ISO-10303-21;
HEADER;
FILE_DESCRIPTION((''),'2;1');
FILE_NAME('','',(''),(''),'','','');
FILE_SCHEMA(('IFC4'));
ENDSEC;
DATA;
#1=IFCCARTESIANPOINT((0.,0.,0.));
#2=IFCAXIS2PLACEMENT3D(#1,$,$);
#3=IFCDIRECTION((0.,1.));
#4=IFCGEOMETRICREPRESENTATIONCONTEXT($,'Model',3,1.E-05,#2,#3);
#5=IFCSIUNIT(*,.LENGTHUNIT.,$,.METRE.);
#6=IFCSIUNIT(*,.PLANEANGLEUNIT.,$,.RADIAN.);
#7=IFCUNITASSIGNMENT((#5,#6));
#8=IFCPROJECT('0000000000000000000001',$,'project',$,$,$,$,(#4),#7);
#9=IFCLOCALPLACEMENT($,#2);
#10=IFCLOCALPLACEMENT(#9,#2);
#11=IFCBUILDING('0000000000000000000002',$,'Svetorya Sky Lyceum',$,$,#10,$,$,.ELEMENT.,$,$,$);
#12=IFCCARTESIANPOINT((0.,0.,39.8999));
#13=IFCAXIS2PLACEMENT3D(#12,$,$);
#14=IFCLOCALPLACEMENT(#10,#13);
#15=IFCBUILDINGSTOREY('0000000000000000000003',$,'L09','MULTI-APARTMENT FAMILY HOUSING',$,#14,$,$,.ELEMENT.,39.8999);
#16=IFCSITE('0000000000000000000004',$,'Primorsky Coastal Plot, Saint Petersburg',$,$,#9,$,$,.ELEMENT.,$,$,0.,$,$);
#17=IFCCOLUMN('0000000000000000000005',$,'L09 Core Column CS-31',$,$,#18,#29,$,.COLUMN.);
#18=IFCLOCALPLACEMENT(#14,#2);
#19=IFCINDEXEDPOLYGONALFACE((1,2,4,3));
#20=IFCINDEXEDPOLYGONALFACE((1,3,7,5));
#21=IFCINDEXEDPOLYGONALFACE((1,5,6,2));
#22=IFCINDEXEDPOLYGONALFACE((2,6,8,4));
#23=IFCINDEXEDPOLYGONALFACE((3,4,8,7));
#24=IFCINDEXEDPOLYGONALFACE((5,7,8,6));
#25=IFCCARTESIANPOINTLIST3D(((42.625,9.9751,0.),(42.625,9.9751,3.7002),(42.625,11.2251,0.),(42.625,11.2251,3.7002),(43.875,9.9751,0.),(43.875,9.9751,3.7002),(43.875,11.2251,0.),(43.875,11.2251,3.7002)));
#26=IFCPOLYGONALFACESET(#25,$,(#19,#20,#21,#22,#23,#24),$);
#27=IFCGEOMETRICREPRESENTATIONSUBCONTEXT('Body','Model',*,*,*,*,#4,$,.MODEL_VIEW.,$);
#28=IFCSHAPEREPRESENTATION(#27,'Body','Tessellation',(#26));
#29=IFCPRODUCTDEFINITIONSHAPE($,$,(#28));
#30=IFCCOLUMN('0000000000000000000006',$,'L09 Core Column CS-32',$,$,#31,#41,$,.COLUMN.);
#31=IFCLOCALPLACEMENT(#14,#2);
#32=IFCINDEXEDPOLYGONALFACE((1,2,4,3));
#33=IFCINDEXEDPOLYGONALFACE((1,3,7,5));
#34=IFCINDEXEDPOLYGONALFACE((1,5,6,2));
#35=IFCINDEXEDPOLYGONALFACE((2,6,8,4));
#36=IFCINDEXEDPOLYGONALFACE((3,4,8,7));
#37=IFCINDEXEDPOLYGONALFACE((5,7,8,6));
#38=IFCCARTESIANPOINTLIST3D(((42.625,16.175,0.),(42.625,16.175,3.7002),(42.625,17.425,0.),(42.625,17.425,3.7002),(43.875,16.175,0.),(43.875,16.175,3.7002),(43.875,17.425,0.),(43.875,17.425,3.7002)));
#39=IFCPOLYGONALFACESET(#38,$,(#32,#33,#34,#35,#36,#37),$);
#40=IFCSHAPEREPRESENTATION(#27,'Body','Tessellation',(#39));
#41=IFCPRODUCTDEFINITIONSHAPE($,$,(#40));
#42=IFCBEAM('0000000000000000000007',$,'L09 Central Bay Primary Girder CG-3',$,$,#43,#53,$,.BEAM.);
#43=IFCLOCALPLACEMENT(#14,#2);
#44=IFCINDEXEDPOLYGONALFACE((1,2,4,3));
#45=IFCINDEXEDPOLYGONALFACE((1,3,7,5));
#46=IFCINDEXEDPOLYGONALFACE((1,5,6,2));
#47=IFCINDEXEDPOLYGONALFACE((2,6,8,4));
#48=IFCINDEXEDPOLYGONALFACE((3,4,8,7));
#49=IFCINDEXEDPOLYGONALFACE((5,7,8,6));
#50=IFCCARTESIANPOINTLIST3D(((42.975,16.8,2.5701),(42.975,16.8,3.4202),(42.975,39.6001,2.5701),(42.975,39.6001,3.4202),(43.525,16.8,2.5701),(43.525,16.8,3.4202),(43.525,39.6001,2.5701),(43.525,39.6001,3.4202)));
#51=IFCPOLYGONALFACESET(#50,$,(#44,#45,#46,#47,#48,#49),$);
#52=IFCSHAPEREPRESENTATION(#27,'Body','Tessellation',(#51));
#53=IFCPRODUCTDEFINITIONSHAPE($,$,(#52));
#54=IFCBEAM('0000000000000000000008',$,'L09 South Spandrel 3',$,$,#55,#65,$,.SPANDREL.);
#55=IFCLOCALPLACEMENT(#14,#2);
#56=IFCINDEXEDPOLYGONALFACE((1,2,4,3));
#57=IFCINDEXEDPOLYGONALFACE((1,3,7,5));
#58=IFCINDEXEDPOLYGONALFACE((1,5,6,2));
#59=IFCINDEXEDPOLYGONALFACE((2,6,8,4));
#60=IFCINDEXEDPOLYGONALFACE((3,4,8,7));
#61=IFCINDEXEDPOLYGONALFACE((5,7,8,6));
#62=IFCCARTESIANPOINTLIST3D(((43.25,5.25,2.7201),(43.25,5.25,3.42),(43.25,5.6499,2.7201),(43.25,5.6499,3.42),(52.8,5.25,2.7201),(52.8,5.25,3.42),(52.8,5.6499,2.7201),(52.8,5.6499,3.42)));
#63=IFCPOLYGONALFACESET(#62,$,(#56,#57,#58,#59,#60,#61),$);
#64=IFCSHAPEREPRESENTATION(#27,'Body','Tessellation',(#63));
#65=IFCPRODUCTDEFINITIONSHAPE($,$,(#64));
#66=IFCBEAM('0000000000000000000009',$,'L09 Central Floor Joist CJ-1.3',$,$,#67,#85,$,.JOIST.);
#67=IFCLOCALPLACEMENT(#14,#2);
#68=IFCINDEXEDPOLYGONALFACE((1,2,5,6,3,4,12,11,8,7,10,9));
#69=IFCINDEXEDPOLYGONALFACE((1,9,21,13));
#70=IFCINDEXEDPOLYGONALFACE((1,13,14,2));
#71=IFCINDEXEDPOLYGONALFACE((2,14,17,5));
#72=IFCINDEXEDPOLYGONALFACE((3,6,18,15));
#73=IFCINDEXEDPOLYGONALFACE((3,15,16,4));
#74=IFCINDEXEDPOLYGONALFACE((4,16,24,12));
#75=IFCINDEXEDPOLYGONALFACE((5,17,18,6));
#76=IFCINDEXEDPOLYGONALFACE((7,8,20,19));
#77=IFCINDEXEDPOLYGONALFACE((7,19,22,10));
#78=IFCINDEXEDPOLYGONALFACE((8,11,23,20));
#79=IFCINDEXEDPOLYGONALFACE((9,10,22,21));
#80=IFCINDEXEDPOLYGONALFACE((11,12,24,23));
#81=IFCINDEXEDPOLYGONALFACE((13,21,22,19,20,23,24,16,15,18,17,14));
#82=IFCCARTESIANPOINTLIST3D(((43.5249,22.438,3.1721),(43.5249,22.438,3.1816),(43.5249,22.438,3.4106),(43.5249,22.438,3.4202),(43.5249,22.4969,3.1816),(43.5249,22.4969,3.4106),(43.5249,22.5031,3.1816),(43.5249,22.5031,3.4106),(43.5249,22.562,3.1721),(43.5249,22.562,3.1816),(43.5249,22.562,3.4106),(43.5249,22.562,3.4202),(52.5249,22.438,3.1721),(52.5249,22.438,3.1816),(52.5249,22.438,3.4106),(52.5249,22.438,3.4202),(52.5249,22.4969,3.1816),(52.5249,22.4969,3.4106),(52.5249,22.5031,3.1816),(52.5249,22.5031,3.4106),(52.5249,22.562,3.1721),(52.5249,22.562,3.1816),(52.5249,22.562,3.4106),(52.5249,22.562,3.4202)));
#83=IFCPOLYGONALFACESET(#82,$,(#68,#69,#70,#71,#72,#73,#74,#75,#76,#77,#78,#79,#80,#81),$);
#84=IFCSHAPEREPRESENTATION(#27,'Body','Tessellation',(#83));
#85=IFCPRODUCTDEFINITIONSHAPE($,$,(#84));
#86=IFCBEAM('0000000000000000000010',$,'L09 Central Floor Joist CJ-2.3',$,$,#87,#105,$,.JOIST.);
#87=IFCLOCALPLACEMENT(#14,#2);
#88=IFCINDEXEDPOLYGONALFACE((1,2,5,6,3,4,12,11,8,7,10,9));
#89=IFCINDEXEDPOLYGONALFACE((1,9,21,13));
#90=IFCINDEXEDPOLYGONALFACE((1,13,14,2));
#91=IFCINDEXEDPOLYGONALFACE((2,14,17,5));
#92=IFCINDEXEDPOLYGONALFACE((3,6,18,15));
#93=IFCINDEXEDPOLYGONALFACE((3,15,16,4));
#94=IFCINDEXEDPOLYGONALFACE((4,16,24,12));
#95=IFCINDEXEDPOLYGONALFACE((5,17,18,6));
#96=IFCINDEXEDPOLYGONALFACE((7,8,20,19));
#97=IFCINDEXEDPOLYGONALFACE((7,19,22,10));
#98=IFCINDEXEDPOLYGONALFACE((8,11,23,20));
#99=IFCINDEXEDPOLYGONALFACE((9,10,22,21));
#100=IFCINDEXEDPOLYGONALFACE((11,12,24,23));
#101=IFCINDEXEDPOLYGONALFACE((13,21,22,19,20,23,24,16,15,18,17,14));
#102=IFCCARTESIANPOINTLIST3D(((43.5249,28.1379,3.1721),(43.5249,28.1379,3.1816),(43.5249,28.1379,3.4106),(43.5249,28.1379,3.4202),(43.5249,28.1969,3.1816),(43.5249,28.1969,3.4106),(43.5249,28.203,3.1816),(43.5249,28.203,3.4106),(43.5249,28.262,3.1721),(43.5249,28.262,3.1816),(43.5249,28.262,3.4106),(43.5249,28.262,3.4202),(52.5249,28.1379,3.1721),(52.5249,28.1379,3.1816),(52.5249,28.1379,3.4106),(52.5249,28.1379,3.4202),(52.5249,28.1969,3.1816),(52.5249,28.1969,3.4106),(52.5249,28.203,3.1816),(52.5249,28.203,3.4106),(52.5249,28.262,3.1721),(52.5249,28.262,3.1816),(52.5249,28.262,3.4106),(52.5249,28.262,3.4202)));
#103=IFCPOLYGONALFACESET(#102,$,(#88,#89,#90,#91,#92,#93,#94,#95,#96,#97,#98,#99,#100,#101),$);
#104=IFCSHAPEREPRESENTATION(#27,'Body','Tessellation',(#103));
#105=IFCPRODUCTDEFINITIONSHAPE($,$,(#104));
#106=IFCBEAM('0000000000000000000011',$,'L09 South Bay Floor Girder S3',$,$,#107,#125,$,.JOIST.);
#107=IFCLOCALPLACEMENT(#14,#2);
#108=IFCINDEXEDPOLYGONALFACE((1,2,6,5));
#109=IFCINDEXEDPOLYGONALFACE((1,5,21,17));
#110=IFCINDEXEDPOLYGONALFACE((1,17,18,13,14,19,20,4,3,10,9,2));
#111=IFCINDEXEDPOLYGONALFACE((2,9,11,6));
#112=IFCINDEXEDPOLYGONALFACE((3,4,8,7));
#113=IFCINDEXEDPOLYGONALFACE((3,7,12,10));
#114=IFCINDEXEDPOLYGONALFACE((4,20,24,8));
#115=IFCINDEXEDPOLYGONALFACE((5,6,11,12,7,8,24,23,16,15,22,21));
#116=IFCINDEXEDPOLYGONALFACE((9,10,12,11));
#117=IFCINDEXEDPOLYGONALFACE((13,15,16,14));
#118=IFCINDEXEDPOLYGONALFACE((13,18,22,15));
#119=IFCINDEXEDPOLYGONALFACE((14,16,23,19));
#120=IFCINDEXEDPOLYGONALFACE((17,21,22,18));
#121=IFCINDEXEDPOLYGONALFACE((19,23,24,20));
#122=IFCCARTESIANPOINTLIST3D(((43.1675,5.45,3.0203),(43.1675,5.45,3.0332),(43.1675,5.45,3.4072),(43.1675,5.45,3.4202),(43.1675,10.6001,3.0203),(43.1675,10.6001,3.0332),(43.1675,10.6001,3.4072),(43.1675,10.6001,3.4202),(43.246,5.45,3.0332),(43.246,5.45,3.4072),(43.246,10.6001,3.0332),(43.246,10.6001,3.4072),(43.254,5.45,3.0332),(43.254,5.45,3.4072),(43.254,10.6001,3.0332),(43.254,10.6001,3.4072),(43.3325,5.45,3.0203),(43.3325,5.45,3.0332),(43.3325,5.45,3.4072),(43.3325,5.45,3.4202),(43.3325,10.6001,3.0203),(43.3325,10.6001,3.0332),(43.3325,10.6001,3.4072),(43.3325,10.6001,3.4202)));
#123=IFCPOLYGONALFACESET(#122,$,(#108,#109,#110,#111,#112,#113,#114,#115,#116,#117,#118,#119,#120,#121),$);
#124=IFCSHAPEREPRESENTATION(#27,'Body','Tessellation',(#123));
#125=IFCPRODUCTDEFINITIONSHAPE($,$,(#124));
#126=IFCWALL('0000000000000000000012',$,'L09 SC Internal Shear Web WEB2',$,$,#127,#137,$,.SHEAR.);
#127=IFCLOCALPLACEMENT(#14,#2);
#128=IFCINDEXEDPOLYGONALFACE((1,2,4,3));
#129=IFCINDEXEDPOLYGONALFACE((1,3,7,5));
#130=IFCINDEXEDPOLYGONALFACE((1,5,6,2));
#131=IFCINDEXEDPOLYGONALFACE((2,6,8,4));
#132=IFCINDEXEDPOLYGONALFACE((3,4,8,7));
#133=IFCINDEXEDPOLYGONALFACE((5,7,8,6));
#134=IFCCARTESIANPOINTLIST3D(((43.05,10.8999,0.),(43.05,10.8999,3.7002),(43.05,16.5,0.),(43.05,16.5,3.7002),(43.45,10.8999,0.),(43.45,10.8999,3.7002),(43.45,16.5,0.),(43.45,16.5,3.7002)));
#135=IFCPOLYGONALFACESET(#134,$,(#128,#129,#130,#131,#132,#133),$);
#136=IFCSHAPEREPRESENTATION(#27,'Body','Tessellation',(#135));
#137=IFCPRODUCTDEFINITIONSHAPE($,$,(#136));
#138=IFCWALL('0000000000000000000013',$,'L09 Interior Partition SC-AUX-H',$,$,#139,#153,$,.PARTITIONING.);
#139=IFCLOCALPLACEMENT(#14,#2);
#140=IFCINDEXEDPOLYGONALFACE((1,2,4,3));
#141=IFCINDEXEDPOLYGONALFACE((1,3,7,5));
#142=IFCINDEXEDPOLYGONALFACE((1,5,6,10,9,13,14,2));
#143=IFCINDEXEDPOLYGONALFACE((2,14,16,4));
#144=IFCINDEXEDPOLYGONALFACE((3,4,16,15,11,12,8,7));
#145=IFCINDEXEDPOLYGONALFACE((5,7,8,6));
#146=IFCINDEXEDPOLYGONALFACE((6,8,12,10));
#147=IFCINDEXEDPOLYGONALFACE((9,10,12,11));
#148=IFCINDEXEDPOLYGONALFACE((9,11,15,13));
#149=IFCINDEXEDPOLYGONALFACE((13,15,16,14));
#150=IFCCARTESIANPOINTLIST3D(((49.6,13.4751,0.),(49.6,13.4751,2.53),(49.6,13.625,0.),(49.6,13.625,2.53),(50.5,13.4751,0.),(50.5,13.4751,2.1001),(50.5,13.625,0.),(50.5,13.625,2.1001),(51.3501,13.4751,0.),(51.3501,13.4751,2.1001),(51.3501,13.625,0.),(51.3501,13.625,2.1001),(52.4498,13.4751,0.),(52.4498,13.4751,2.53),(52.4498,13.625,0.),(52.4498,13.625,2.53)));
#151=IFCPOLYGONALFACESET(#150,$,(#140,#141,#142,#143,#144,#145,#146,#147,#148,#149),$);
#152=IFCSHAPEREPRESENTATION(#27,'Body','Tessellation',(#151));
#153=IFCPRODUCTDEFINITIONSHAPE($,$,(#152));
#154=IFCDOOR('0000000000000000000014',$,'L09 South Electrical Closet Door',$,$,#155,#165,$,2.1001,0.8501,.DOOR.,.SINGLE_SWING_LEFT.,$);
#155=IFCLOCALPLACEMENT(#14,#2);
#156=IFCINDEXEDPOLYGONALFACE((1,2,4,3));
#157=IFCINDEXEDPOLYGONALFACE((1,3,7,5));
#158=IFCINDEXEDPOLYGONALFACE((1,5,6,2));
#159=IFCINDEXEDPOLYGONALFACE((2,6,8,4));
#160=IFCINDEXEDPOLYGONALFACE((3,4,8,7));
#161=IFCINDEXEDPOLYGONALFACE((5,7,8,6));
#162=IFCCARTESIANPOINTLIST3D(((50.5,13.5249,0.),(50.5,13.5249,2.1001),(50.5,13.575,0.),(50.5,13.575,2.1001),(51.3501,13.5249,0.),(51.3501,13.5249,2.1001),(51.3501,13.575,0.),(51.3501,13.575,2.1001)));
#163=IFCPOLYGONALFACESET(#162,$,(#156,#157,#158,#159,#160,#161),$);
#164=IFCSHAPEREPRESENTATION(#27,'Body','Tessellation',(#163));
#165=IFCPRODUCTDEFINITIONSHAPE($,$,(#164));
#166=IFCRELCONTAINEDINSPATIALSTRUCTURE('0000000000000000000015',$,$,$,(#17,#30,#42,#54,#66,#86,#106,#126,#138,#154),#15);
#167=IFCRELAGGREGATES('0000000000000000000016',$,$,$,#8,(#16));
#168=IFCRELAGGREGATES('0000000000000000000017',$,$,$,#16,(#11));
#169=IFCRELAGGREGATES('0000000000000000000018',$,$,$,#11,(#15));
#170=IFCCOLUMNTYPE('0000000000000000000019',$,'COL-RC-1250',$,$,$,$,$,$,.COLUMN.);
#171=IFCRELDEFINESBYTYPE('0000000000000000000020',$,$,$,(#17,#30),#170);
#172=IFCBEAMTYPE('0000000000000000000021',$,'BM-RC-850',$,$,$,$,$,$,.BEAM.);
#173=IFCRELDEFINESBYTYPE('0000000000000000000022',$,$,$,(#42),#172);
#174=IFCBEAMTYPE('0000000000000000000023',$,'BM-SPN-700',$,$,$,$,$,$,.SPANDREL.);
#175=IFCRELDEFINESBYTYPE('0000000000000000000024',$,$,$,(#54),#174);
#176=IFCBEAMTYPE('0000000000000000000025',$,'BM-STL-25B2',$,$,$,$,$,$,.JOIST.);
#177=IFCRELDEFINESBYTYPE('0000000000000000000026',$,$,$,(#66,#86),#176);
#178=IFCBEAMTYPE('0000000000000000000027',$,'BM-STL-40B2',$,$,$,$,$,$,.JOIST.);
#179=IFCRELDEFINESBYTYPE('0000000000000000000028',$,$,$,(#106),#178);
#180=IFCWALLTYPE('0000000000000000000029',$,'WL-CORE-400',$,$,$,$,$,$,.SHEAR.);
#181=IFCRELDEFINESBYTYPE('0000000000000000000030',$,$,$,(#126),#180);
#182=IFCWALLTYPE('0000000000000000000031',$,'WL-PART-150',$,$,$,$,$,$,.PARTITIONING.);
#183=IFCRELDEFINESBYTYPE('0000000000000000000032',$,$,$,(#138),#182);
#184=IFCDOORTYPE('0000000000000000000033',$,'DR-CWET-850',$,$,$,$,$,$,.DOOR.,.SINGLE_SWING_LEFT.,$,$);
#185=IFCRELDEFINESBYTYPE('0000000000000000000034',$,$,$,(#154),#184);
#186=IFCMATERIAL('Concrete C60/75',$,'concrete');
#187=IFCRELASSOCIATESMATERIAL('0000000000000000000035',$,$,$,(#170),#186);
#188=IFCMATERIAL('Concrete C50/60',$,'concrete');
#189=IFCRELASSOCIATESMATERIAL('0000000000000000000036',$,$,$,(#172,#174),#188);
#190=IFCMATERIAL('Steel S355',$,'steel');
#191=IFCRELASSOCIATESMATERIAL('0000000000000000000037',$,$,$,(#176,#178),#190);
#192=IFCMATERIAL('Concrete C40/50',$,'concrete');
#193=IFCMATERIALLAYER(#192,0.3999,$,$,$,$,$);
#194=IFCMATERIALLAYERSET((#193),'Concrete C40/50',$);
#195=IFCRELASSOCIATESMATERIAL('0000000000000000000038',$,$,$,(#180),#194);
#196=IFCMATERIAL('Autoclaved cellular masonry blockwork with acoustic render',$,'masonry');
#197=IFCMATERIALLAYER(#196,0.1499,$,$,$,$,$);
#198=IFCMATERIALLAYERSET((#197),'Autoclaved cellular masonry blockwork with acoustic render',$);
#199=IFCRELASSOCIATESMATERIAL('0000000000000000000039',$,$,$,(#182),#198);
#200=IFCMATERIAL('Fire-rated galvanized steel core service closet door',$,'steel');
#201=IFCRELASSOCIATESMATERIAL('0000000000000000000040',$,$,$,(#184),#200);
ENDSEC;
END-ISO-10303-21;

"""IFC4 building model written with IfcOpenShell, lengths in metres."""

from ifc_helpers import new_model, si_unit, direction, frame, frame_2d, origin, origin_2d, place, context, subcontext, project, spatial, rectangle, i_section, extrude, material, layer, layer_set, material_profile, profile_set, type_object, element, fill, save


model = new_model("IFC4")

# Units and contexts
model_context = context("Model", 3, precision=1e-05, world=origin(), true_north=direction((0.0, 1.0)))
body_context = subcontext(model_context, "Body", "Model", "MODEL_VIEW")
ifc_project = project(units=[si_unit("LENGTHUNIT", "METRE"), si_unit("PLANEANGLEUNIT", "RADIAN")], contexts=[model_context])

# Site, building, storey
site_placement = place(None, origin())
site = spatial("IfcSite", under=ifc_project, at=site_placement, Name="Primorsky Coastal Plot, Saint Petersburg", CompositionType="ELEMENT", RefElevation=0.0)
building_placement = place(site_placement, origin())
building = spatial("IfcBuilding", under=site, at=building_placement, Name="Svetorya Sky Lyceum", CompositionType="ELEMENT")
storey_placement = place(building_placement, frame((0.0, 0.0, 39.8999)))
storey = spatial("IfcBuildingStorey", under=building, at=storey_placement, Name="L09", Description="MULTI-APARTMENT FAMILY HOUSING", CompositionType="ELEMENT", Elevation=39.8999)

# Columns
ifc_material_1 = material(Name="Concrete C60/75", Category="concrete")
ifc_material_profile_1 = material_profile(ifc_material_1, rectangle(XDim=1.25, YDim=1.25, at=origin_2d()), Name="RC COL 1250x1250")
ifc_profile_set_1 = profile_set([ifc_material_profile_1], Name="Concrete C60/75")
column_type = type_object("IfcColumnType", Name="COL-RC-1250", PredefinedType="COLUMN", material=ifc_profile_set_1)
for number, where, z_axis, x_axis, name in (
    (1, (43.25, 10.6001, 0.0), (0.0, 0.0, 1.0), (1.0, 0.0, 0.0), "L09 Core Column CS-31"),
    (2, (43.25, 16.8, 0.0), (0.0, 0.0, 1.0), (1.0, 0.0, 0.0), "L09 Core Column CS-32"),
):
    element("IfcColumn", number, at=place(storey_placement, frame(where, z_axis=z_axis, x_axis=x_axis)), inside=storey, type_object=column_type, Name=name, PredefinedType="COLUMN", context=body_context, shape_type="SweptSolid", body=[
        extrude(rectangle(XDim=1.25, YDim=1.25, at=origin_2d()), origin(), (0.0, 0.0, 1.0), 3.7002),
    ])

# Beams
ifc_material_2 = material(Name="Concrete C50/60", Category="concrete")
ifc_material_profile_2 = material_profile(ifc_material_2, rectangle(XDim=0.55, YDim=0.8501, at=origin_2d()), Name="RC BEAM 550x850")
ifc_profile_set_2 = profile_set([ifc_material_profile_2], Name="Concrete C50/60")
beam_type_1 = type_object("IfcBeamType", Name="BM-RC-850", PredefinedType="BEAM", material=ifc_profile_set_2)
beam_1_placement = place(storey_placement, frame((43.25, 16.8, 2.9951), z_axis=(0.0, 1.0, 0.0), x_axis=(-1.0, 0.0, 0.0)))
element("IfcBeam", 3, at=beam_1_placement, inside=storey, type_object=beam_type_1, Name="L09 Central Bay Primary Girder CG-3", PredefinedType="BEAM", context=body_context, shape_type="SweptSolid", body=[
    extrude(rectangle(XDim=0.55, YDim=0.8501, at=origin_2d()), origin(), (0.0, 0.0, 1.0), 22.8),
])
ifc_material_profile_3 = material_profile(ifc_material_2, rectangle(XDim=0.3999, YDim=0.7, at=origin_2d()), Name="RC SPANDREL 400x700")
ifc_profile_set_3 = profile_set([ifc_material_profile_3], Name="Concrete C50/60")
beam_type_2 = type_object("IfcBeamType", Name="BM-SPN-700", PredefinedType="SPANDREL", material=ifc_profile_set_3)
beam_2_placement = place(storey_placement, frame((43.25, 5.45, 3.0701), z_axis=(1.0, 0.0, 0.0), x_axis=(0.0, 1.0, 0.0)))
element("IfcBeam", 4, at=beam_2_placement, inside=storey, type_object=beam_type_2, Name="L09 South Spandrel 3", PredefinedType="SPANDREL", context=body_context, shape_type="SweptSolid", body=[
    extrude(rectangle(XDim=0.3999, YDim=0.7, at=origin_2d()), origin(), (0.0, 0.0, 1.0), 9.55),
])
ifc_material_3 = material(Name="Steel S355", Category="steel")
ifc_material_profile_4 = material_profile(ifc_material_3, i_section(OverallWidth=0.124, OverallDepth=0.248, WebThickness=0.0061, FlangeThickness=0.0095, at=origin_2d()), Name="GOST 25B2")
ifc_profile_set_4 = profile_set([ifc_material_profile_4], Name="Steel S355")
beam_type_3 = type_object("IfcBeamType", Name="BM-STL-25B2", PredefinedType="JOIST", material=ifc_profile_set_4)
for number, where, z_axis, x_axis, name in (
    (5, (43.5249, 22.5, 3.2961), (1.0, 0.0, 0.0), (0.0, 1.0, 0.0), "L09 Central Floor Joist CJ-1.3"),
    (6, (43.5249, 28.2, 3.2961), (1.0, 0.0, 0.0), (0.0, 1.0, 0.0), "L09 Central Floor Joist CJ-2.3"),
):
    element("IfcBeam", number, at=place(storey_placement, frame(where, z_axis=z_axis, x_axis=x_axis)), inside=storey, type_object=beam_type_3, Name=name, PredefinedType="JOIST", context=body_context, shape_type="SweptSolid", body=[
        extrude(i_section(OverallWidth=0.124, OverallDepth=0.248, WebThickness=0.0061, FlangeThickness=0.0095, at=origin_2d()), origin(), (0.0, 0.0, 1.0), 9.0),
    ])
ifc_material_profile_5 = material_profile(ifc_material_3, i_section(OverallWidth=0.165, OverallDepth=0.3999, WebThickness=0.0081, FlangeThickness=0.0129, at=origin_2d()), Name="GOST 40B2")
ifc_profile_set_5 = profile_set([ifc_material_profile_5], Name="Steel S355")
beam_type_4 = type_object("IfcBeamType", Name="BM-STL-40B2", PredefinedType="JOIST", material=ifc_profile_set_5)
beam_3_placement = place(storey_placement, frame((43.25, 5.45, 3.2202), z_axis=(0.0, 1.0, 0.0), x_axis=(-1.0, 0.0, 0.0)))
element("IfcBeam", 7, at=beam_3_placement, inside=storey, type_object=beam_type_4, Name="L09 South Bay Floor Girder S3", PredefinedType="JOIST", context=body_context, shape_type="SweptSolid", body=[
    extrude(i_section(OverallWidth=0.165, OverallDepth=0.3999, WebThickness=0.0081, FlangeThickness=0.0129, at=origin_2d()), origin(), (0.0, 0.0, 1.0), 5.1501),
])

# Wall
ifc_material_4 = material(Name="Concrete C40/50", Category="concrete")
ifc_layer_1 = layer(ifc_material_4, 0.3999)
ifc_layer_set_1 = layer_set([ifc_layer_1], Name="Concrete C40/50")
wall_type_1 = type_object("IfcWallType", Name="WL-CORE-400", PredefinedType="SHEAR", material=ifc_layer_set_1)
wall_1_placement = place(storey_placement, frame((43.25, 10.8999, 0.0), z_axis=(0.0, 0.0, 1.0), x_axis=(0.0, 1.0, 0.0)))
element("IfcWall", 8, at=wall_1_placement, inside=storey, type_object=wall_type_1, Name="L09 SC Internal Shear Web WEB2", PredefinedType="SHEAR", context=body_context, shape_type="SweptSolid", body=[
    extrude(rectangle(XDim=5.6001, YDim=0.3999, at=frame_2d((2.8, 0.0))), origin(), (0.0, 0.0, 1.0), 3.7002),
])

# Wall, opening, door
ifc_material_5 = material(Name="Autoclaved cellular masonry blockwork with acoustic render", Category="masonry")
ifc_layer_2 = layer(ifc_material_5, 0.1499)
ifc_layer_set_2 = layer_set([ifc_layer_2], Name="Autoclaved cellular masonry blockwork with acoustic render")
wall_type_2 = type_object("IfcWallType", Name="WL-PART-150", PredefinedType="PARTITIONING", material=ifc_layer_set_2)
wall_2_placement = place(storey_placement, frame((49.6001, 13.55, 0.0), z_axis=(0.0, 0.0, 1.0), x_axis=(1.0, 0.0, 0.0)))
wall_2 = element("IfcWall", 9, at=wall_2_placement, inside=storey, type_object=wall_type_2, Name="L09 Interior Partition SC-AUX-H", PredefinedType="PARTITIONING", context=body_context, shape_type="SweptSolid", body=[
    extrude(rectangle(XDim=2.8499, YDim=0.1499, at=frame_2d((1.4248, 0.0))), origin(), (0.0, 0.0, 1.0), 2.53),
])
opening_1_placement = place(wall_2_placement, frame((0.8999, 0.0, 0.0)))
opening_1 = element("IfcOpeningElement", 10, at=opening_1_placement, cuts=wall_2, PredefinedType="OPENING", context=body_context, shape_type="SweptSolid", body=[
    extrude(rectangle(XDim=0.8501, YDim=2.1001, at=frame_2d((0.425, 1.05))), frame((0.0, 0.085, 0.0), z_axis=(0.0, -1.0, 0.0), x_axis=(1.0, 0.0, 0.0)), (0.0, 0.0, 1.0), 0.1699),
])
ifc_material_6 = material(Name="Fire-rated galvanized steel core service closet door", Category="steel")
door_type_1 = type_object("IfcDoorType", Name="DR-CWET-850", OperationType="SINGLE_SWING_LEFT", PredefinedType="DOOR", material=ifc_material_6)
door_1_placement = place(opening_1_placement, origin())
door_1 = element("IfcDoor", 11, at=door_1_placement, inside=storey, type_object=door_type_1, Name="L09 South Electrical Closet Door", OperationType="SINGLE_SWING_LEFT", OverallHeight=2.1001, OverallWidth=0.8501, PredefinedType="DOOR", context=body_context, shape_type="SweptSolid", body=[
    extrude(rectangle(XDim=0.8501, YDim=2.1001, at=frame_2d((0.425, 1.05))), frame((0.0, 0.0249, 0.0), z_axis=(0.0, -1.0, 0.0), x_axis=(1.0, 0.0, 0.0)), (0.0, 0.0, 1.0), 0.05),
])
fill(opening_1, door_1)

save(model, "model.ifc")
